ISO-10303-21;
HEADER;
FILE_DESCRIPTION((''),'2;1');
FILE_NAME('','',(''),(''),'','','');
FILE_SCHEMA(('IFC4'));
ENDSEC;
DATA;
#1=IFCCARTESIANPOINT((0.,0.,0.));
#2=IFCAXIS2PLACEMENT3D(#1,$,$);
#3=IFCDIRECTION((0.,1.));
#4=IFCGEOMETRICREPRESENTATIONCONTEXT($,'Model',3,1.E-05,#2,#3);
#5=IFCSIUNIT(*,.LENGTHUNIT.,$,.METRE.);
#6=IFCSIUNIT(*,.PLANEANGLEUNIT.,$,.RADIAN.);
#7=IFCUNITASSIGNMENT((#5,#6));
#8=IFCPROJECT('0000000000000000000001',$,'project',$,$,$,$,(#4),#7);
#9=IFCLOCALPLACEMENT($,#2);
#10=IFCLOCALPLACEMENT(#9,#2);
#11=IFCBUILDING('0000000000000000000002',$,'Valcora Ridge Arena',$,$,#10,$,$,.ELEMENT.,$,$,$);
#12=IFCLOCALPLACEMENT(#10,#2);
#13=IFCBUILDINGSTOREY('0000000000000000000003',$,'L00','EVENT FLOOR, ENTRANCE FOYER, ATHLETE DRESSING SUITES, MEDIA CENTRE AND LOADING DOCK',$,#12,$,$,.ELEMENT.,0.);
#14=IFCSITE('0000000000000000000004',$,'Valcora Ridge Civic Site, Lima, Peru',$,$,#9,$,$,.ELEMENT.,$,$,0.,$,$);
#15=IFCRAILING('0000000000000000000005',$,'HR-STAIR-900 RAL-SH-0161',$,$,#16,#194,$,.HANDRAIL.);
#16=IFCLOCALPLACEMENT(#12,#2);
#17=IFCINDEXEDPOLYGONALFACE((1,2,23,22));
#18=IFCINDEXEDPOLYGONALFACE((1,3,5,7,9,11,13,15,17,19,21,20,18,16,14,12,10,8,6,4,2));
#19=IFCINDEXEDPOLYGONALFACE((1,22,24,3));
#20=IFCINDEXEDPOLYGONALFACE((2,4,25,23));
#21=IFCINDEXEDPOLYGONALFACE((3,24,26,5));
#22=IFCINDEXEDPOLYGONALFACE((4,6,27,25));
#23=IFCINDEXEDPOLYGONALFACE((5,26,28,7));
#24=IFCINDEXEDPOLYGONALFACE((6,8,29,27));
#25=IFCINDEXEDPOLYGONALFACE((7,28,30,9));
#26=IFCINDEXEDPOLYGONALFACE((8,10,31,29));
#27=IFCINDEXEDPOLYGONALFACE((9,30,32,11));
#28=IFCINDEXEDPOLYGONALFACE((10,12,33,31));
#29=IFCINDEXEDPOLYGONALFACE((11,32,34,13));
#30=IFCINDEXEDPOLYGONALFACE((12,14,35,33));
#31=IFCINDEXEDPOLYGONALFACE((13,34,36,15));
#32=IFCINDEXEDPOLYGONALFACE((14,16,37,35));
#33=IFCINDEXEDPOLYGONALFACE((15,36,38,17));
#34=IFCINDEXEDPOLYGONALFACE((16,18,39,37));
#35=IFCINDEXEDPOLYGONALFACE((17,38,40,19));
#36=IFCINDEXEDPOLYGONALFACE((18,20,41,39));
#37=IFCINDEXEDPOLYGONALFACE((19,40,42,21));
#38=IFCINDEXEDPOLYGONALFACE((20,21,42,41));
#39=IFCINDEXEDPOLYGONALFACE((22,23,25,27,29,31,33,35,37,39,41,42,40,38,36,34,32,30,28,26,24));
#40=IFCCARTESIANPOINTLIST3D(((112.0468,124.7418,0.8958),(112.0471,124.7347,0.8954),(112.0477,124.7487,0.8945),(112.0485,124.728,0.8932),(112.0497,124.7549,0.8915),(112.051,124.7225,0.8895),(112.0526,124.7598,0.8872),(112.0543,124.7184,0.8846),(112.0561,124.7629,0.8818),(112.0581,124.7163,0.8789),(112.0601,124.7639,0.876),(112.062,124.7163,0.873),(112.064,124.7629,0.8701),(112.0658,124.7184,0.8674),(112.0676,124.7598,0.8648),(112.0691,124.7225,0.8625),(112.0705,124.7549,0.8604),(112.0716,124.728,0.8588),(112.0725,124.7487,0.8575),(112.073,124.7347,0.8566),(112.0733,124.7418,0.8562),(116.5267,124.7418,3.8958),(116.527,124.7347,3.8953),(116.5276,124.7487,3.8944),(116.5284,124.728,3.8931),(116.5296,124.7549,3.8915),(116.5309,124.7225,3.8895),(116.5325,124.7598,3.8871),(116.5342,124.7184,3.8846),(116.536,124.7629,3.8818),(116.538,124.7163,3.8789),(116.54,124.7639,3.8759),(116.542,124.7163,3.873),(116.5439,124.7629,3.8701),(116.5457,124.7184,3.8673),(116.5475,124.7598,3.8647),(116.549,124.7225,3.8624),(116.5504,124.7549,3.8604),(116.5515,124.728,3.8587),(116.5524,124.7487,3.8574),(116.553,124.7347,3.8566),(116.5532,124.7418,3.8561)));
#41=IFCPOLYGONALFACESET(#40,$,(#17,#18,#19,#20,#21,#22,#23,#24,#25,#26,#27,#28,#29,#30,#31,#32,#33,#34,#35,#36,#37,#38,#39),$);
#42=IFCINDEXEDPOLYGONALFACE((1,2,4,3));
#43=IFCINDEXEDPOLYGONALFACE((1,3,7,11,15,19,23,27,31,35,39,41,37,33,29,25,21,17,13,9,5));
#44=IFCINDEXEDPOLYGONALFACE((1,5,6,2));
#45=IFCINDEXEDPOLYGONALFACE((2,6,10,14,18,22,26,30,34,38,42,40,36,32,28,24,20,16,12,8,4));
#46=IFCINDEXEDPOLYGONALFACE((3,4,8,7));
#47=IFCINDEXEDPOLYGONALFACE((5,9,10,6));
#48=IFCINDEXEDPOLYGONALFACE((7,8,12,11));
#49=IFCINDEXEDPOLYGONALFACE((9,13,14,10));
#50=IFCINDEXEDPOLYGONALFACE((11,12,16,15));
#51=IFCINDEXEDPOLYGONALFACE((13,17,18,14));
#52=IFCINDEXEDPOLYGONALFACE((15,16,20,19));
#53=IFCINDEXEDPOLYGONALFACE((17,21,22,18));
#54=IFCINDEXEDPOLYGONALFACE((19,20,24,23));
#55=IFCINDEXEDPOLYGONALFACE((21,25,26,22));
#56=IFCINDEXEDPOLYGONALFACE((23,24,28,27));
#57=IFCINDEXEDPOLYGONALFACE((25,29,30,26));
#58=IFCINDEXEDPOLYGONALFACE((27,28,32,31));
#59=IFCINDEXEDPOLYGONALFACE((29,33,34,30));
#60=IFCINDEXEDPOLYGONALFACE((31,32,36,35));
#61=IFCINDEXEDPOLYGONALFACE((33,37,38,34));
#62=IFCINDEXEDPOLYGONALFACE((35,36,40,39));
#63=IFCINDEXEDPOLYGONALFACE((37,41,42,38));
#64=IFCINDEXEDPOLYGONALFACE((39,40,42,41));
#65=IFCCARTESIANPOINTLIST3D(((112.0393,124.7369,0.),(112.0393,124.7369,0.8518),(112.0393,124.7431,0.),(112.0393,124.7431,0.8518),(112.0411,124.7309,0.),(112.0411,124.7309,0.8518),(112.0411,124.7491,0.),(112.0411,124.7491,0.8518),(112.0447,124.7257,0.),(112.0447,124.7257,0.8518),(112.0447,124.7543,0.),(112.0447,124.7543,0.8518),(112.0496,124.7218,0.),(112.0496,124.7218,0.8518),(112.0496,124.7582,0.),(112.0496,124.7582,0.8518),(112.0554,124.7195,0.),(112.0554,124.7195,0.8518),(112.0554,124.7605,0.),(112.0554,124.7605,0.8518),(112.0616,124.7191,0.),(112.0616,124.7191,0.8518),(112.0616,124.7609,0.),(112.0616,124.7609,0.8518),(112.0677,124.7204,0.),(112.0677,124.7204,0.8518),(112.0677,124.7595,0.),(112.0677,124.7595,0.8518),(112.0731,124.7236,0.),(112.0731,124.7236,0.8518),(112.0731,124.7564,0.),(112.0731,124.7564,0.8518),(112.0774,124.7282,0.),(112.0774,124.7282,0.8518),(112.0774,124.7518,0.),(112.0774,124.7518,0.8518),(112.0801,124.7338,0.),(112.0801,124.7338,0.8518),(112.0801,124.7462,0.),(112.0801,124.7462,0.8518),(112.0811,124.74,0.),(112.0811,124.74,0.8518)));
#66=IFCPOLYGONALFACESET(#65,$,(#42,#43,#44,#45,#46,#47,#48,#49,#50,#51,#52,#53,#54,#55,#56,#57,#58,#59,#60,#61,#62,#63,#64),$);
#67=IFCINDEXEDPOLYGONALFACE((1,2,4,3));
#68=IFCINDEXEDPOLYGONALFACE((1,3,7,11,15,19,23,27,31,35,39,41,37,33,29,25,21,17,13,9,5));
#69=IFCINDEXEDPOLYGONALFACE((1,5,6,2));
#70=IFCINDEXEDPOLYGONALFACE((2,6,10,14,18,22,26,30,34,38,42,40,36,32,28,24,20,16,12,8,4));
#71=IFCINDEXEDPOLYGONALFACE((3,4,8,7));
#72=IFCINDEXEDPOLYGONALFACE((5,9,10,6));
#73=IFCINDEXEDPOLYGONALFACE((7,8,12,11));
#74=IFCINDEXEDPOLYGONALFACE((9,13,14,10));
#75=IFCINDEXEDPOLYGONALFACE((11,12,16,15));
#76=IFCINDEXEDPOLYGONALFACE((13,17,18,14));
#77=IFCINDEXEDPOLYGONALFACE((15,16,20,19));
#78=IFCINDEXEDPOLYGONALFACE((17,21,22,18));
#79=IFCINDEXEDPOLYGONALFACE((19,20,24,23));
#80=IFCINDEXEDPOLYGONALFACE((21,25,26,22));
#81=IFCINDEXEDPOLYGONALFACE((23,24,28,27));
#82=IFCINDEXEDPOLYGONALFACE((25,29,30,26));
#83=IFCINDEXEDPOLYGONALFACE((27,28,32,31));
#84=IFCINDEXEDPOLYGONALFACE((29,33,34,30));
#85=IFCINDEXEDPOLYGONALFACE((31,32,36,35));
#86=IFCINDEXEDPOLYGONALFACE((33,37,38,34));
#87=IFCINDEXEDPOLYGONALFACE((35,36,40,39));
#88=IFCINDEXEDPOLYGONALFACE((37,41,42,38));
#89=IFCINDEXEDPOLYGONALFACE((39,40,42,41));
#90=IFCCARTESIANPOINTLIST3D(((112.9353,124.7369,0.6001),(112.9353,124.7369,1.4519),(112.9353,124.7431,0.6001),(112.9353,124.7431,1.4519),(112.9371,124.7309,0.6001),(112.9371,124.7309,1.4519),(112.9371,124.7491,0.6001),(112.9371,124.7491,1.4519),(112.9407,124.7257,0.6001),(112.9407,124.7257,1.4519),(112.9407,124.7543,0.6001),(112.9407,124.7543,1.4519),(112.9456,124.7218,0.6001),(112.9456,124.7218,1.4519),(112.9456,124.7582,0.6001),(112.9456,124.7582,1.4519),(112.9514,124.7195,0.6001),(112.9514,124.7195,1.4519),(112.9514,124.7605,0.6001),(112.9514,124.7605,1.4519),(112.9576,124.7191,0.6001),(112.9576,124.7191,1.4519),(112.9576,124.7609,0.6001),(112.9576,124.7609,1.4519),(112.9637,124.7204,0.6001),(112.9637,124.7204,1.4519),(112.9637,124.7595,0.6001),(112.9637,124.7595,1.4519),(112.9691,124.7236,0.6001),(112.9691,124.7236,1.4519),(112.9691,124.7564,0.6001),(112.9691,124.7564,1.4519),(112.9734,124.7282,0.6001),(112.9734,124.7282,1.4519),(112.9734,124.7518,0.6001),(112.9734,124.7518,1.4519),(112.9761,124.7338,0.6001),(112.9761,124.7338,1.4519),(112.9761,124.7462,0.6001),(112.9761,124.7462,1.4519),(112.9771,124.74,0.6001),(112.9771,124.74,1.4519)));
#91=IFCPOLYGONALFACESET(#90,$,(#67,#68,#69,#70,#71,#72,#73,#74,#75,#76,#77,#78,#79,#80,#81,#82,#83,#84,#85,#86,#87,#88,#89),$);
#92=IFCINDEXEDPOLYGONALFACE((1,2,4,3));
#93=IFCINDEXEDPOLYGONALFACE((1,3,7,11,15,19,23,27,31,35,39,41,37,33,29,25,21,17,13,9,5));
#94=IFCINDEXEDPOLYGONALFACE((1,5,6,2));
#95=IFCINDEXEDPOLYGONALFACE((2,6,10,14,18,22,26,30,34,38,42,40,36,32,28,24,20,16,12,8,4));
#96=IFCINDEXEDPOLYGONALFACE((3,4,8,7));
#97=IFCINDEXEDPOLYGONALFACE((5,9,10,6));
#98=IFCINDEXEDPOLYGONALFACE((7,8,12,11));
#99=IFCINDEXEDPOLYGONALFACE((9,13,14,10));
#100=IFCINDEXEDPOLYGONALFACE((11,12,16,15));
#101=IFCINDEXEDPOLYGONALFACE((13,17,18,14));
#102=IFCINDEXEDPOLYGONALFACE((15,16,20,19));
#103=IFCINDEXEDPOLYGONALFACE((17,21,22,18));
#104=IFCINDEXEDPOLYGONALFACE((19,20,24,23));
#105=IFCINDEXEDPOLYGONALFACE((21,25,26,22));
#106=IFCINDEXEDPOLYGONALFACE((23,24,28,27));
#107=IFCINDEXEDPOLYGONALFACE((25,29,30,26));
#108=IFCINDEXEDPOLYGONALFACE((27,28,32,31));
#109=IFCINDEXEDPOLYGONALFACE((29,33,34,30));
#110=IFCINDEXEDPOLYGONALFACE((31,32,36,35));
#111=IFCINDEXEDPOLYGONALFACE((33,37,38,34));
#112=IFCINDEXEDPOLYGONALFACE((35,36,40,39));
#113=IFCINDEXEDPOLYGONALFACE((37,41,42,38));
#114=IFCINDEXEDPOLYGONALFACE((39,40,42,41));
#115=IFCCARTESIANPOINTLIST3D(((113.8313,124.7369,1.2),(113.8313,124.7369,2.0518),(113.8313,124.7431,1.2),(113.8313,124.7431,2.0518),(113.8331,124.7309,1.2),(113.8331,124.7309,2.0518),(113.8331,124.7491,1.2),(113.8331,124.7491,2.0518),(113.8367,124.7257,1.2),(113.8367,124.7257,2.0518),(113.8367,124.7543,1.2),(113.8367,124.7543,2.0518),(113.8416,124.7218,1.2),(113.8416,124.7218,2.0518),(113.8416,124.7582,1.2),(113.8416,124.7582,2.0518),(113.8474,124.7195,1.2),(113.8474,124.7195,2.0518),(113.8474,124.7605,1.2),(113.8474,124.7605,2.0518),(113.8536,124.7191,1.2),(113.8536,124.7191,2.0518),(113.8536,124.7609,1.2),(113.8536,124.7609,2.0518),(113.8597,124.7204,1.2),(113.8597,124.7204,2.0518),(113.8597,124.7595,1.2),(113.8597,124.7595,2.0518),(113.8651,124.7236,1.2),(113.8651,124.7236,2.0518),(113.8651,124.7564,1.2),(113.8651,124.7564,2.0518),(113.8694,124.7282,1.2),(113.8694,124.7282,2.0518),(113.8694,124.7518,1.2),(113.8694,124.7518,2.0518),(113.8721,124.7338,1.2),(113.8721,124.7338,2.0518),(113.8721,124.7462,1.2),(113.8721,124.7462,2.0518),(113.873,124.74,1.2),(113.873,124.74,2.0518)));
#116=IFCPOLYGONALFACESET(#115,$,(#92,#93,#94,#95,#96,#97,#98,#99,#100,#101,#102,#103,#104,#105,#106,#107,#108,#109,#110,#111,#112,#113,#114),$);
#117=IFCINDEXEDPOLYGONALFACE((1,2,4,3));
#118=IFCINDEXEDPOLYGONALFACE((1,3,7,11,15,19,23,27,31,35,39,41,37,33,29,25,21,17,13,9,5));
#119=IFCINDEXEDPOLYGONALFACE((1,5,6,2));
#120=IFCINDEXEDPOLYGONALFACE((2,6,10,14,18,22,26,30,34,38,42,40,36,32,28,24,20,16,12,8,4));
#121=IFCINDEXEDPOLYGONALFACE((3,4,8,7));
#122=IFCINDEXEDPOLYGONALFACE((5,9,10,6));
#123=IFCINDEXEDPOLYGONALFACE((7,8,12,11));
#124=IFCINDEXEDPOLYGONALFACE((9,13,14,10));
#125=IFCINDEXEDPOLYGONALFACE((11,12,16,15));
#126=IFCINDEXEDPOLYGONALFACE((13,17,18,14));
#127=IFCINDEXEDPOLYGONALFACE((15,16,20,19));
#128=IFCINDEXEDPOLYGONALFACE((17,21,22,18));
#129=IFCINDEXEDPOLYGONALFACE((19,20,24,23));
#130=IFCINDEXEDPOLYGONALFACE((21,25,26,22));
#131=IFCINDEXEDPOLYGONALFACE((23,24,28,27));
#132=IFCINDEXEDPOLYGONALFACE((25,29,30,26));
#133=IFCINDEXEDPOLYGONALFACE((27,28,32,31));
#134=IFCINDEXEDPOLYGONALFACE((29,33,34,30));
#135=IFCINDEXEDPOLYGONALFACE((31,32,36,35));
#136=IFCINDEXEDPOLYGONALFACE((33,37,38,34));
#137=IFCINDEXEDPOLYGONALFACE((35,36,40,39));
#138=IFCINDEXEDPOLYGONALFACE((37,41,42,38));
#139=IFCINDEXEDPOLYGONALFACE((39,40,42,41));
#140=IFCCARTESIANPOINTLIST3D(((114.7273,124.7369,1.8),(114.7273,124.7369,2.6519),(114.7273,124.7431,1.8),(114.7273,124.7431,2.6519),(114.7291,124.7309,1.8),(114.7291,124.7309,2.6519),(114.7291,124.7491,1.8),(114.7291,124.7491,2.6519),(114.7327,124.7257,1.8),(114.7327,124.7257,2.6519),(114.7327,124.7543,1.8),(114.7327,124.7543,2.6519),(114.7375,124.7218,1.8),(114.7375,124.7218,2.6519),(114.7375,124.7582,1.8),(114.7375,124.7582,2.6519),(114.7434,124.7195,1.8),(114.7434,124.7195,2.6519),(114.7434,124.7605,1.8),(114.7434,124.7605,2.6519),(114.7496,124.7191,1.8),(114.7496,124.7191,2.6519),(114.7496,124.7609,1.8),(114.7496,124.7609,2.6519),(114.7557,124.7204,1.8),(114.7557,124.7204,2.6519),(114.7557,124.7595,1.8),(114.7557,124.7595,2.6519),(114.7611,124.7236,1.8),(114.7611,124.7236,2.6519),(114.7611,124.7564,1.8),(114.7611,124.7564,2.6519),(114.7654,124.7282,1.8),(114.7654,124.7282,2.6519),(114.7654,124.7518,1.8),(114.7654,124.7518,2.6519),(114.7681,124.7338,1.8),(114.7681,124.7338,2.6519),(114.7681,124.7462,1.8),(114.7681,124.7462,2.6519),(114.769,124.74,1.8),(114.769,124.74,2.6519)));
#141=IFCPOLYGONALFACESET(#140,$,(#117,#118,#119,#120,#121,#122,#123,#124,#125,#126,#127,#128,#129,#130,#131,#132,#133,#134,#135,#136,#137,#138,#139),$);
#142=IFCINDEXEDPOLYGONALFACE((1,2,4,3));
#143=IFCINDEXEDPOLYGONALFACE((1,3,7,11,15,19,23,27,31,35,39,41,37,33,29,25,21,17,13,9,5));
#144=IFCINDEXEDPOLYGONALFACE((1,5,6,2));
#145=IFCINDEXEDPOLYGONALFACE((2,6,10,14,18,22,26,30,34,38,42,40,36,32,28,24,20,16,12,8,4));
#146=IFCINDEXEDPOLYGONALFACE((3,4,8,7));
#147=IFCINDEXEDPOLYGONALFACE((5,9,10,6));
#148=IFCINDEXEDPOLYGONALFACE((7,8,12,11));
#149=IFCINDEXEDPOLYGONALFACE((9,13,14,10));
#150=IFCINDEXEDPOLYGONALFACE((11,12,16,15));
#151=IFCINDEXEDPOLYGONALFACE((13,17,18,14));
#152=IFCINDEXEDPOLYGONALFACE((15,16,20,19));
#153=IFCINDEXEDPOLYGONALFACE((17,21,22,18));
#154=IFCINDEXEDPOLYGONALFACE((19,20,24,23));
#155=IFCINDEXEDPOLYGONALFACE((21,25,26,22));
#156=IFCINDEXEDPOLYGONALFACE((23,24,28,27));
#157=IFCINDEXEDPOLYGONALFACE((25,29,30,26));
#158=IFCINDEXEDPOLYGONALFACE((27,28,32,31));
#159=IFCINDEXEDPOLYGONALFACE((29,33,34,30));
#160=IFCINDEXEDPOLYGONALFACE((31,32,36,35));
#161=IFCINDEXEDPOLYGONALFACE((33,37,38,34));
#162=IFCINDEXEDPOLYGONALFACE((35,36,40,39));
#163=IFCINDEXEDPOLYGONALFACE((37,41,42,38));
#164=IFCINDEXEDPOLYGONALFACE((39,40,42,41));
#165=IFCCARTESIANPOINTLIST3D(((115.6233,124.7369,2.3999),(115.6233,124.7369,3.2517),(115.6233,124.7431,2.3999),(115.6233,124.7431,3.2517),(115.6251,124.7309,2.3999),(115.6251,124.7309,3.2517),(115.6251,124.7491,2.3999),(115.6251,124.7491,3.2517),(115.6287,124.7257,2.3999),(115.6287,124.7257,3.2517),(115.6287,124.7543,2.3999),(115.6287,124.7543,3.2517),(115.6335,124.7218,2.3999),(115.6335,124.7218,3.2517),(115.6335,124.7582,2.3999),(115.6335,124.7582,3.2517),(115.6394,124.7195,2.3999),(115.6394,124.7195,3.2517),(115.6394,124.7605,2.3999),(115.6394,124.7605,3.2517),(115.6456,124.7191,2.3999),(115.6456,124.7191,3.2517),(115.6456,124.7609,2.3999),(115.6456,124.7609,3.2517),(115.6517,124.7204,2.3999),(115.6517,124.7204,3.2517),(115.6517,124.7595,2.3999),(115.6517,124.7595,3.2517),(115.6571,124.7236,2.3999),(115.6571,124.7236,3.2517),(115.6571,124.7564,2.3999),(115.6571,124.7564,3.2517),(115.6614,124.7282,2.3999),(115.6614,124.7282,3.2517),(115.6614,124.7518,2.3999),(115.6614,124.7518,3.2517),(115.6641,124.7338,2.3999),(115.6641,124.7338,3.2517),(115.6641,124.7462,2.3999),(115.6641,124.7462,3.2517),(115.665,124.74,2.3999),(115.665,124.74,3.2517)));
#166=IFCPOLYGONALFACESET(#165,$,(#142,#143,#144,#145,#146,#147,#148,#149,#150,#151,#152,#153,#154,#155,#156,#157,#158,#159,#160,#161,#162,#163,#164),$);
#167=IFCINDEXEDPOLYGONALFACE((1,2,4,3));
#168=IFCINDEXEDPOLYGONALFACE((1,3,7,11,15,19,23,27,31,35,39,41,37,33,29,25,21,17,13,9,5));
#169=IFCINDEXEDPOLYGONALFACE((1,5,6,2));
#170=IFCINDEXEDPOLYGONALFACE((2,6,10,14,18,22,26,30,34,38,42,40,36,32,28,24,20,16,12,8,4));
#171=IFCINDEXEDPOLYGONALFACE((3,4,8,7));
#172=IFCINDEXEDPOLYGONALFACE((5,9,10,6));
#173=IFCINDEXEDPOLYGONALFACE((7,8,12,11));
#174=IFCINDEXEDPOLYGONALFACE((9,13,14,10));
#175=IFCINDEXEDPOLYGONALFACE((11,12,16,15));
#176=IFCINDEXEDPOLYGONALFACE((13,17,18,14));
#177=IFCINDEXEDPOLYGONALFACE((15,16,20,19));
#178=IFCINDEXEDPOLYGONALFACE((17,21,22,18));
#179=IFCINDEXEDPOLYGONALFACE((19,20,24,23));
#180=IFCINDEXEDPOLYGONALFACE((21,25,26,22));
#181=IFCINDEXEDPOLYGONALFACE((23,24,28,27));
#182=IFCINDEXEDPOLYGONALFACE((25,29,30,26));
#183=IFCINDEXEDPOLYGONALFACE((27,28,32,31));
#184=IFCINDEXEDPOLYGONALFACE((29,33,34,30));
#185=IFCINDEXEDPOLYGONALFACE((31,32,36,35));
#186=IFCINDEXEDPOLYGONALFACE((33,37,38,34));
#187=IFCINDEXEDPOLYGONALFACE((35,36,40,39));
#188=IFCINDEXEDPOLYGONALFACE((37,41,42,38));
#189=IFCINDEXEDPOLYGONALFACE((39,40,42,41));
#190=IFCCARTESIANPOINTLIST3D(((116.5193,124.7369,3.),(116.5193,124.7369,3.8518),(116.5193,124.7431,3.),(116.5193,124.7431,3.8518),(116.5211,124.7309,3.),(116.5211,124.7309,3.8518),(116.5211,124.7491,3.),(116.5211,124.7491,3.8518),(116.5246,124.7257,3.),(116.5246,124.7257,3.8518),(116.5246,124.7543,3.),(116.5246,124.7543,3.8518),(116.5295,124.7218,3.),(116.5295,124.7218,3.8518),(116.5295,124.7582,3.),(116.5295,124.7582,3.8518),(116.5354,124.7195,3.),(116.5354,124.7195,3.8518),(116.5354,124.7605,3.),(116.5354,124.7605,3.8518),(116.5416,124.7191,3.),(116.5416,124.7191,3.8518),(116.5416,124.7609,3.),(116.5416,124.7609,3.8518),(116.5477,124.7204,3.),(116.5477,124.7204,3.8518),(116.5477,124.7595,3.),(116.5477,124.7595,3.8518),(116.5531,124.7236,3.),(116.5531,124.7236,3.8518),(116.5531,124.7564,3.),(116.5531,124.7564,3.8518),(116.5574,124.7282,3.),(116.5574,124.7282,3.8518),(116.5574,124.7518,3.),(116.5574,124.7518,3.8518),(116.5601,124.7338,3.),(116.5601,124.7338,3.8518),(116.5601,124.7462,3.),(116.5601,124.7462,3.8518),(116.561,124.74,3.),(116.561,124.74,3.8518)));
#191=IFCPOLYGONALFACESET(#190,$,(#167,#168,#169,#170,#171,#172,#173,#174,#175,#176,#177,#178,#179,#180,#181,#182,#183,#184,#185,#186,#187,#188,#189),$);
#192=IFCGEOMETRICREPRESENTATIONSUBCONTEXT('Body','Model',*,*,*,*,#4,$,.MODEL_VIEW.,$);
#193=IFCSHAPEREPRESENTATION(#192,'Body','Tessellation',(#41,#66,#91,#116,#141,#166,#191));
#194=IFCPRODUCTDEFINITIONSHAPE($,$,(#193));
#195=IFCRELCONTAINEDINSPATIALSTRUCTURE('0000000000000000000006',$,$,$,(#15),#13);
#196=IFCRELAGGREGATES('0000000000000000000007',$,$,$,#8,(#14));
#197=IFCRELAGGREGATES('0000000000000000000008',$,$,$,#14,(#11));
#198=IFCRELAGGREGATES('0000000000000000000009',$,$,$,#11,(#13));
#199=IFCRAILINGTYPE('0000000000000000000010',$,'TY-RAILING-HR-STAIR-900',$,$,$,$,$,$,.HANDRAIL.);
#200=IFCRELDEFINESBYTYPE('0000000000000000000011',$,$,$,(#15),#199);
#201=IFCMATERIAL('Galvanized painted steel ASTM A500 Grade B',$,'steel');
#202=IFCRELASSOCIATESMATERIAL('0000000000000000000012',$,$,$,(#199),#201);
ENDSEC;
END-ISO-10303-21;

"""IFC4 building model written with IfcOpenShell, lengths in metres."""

from ifc_helpers import new_model, si_unit, direction, frame, origin, origin_2d, place, context, subcontext, project, spatial, circle, extrude, material, type_object, element, save


model = new_model("IFC4")

# Units and contexts
model_context = context("Model", 3, precision=1e-05, world=origin(), true_north=direction((0.0, 1.0)))
body_context = subcontext(model_context, "Body", "Model", "MODEL_VIEW")
ifc_project = project(units=[si_unit("LENGTHUNIT", "METRE"), si_unit("PLANEANGLEUNIT", "RADIAN")], contexts=[model_context])

# Site, building, storey
site_placement = place(None, origin())
site = spatial("IfcSite", under=ifc_project, at=site_placement, Name="Valcora Ridge Civic Site, Lima, Peru", CompositionType="ELEMENT", RefElevation=0.0)
building_placement = place(site_placement, origin())
building = spatial("IfcBuilding", under=site, at=building_placement, Name="Valcora Ridge Arena", CompositionType="ELEMENT")
storey_placement = place(building_placement, origin())
storey = spatial("IfcBuildingStorey", under=building, at=storey_placement, Name="L00", Description="EVENT FLOOR, ENTRANCE FOYER, ATHLETE DRESSING SUITES, MEDIA CENTRE AND LOADING DOCK", CompositionType="ELEMENT", Elevation=0.0)

# Railing
ifc_material_1 = material(Name="Galvanized painted steel ASTM A500 Grade B", Category="steel")
railing_type_1 = type_object("IfcRailingType", Name="TY-RAILING-HR-STAIR-900", PredefinedType="HANDRAIL", material=ifc_material_1)
railing_1_placement = place(storey_placement, frame((112.0601, 124.74, 0.0)))
element("IfcRailing", 1, at=railing_1_placement, inside=storey, type_object=railing_type_1, Name="HR-STAIR-900 RAL-SH-0161", PredefinedType="HANDRAIL", context=body_context, shape_type="SweptSolid", body=[
    extrude(circle(Radius=0.0239, at=origin_2d()), frame((0.0, 0.0, 0.876), z_axis=(0.830906, 0.0, 0.556413), x_axis=(0.0, 1.0, 0.0)), (0.0, 0.0, 1.0), 5.3916),
    extrude(circle(Radius=0.021, at=origin_2d()), origin(), (0.0, 0.0, 1.0), 0.8518),
    extrude(circle(Radius=0.021, at=origin_2d()), frame((0.896, 0.0, 0.6001)), (0.0, 0.0, 1.0), 0.8518),
    extrude(circle(Radius=0.021, at=origin_2d()), frame((1.792, 0.0, 1.2)), (0.0, 0.0, 1.0), 0.8518),
    extrude(circle(Radius=0.021, at=origin_2d()), frame((2.688, 0.0, 1.8)), (0.0, 0.0, 1.0), 0.8518),
    extrude(circle(Radius=0.021, at=origin_2d()), frame((3.584, 0.0, 2.3999)), (0.0, 0.0, 1.0), 0.8518),
    extrude(circle(Radius=0.021, at=origin_2d()), frame((4.48, 0.0, 3.0)), (0.0, 0.0, 1.0), 0.8518),
])

save(model, "model.ifc")
